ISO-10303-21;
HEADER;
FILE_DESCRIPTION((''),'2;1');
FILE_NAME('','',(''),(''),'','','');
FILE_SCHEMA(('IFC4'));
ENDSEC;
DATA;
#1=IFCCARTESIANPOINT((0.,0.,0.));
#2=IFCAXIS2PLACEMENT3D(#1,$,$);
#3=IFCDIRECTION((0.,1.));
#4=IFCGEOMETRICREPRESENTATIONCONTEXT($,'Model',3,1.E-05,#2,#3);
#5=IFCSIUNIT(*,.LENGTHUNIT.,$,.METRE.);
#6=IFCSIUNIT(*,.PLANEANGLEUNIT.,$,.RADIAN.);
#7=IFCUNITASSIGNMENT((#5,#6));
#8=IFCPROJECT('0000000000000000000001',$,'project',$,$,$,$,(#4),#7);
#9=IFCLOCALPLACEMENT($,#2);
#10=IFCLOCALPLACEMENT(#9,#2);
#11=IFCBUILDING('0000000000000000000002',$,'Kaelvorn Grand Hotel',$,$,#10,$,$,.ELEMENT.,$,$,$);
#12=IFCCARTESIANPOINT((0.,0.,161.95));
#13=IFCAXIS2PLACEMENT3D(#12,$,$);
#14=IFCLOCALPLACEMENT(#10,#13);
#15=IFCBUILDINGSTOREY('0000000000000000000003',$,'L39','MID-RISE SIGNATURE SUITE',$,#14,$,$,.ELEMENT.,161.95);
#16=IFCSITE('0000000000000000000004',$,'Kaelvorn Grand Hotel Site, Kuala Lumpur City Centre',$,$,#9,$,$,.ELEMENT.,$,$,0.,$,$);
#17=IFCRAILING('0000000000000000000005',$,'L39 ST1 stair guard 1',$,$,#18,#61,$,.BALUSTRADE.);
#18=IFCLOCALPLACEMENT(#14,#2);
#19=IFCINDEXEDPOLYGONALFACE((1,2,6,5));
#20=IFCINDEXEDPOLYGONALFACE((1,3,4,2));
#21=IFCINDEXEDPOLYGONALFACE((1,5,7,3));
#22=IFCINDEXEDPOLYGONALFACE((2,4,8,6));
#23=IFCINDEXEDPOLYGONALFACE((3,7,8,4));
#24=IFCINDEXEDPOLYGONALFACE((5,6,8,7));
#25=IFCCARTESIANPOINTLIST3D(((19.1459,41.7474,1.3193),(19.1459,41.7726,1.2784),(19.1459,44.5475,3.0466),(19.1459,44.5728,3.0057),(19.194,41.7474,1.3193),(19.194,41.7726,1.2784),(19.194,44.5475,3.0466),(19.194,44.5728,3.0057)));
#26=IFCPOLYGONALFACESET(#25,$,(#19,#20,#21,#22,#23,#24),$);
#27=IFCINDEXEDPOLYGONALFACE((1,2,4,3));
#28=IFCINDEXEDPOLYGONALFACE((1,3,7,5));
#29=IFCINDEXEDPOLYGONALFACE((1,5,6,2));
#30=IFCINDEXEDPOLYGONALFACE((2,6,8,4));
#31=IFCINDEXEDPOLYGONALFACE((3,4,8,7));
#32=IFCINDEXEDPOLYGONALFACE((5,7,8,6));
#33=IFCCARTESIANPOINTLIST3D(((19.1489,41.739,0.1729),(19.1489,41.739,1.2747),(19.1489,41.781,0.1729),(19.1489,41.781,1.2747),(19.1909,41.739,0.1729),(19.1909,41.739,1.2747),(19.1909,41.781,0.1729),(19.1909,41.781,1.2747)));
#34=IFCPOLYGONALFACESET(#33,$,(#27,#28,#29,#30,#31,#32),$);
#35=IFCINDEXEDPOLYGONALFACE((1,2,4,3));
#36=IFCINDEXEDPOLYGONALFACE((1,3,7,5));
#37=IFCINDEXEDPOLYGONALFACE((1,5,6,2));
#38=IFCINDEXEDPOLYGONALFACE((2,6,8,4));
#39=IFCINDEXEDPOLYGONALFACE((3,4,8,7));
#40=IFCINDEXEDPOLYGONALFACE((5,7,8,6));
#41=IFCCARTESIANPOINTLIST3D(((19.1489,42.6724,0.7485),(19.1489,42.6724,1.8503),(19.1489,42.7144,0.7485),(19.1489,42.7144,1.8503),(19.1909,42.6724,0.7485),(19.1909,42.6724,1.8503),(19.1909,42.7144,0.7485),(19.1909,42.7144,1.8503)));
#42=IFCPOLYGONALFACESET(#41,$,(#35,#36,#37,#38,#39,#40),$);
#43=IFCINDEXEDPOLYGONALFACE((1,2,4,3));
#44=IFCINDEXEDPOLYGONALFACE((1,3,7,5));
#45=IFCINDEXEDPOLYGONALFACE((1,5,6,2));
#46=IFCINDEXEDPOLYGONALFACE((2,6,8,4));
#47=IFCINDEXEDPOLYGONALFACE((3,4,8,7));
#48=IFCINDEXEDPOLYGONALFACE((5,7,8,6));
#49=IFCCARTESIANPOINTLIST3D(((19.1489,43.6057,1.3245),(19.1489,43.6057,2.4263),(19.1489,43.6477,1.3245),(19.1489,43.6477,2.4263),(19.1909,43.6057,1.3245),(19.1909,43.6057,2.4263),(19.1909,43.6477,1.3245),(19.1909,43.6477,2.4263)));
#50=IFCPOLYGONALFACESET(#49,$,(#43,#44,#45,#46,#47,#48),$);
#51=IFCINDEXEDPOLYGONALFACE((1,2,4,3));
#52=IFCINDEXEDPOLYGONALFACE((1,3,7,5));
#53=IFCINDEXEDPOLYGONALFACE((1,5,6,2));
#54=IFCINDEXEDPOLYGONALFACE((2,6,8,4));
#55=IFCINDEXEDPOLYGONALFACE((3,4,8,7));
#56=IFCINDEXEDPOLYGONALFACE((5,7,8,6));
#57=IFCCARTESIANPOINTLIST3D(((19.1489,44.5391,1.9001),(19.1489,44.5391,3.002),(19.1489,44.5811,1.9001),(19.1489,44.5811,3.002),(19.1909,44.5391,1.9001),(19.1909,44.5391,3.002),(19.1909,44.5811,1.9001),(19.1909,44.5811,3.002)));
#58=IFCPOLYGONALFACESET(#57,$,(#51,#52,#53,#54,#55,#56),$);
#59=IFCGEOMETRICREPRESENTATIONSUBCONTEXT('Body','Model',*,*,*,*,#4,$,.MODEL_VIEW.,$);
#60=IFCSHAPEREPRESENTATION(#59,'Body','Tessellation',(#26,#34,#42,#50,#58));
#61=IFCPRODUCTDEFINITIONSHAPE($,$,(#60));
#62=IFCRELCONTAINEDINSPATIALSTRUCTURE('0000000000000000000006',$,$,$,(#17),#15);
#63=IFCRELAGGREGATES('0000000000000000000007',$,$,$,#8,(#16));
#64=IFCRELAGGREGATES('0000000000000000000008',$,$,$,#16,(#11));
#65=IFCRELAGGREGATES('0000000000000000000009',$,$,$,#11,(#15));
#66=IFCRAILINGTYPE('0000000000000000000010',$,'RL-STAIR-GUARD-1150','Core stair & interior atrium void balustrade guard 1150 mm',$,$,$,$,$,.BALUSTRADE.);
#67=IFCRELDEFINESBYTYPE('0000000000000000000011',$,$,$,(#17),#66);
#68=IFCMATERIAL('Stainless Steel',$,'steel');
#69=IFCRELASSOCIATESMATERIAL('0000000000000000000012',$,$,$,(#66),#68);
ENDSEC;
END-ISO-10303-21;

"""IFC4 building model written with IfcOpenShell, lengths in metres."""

from ifc_helpers import new_model, si_unit, direction, frame, origin, origin_2d, place, context, subcontext, project, spatial, rectangle, extrude, material, type_object, element, save


model = new_model("IFC4")

# Units and contexts
model_context = context("Model", 3, precision=1e-05, world=origin(), true_north=direction((0.0, 1.0)))
body_context = subcontext(model_context, "Body", "Model", "MODEL_VIEW")
ifc_project = project(units=[si_unit("LENGTHUNIT", "METRE"), si_unit("PLANEANGLEUNIT", "RADIAN")], contexts=[model_context])

# Site, building, storey
site_placement = place(None, origin())
site = spatial("IfcSite", under=ifc_project, at=site_placement, Name="Kaelvorn Grand Hotel Site, Kuala Lumpur City Centre", CompositionType="ELEMENT", RefElevation=0.0)
building_placement = place(site_placement, origin())
building = spatial("IfcBuilding", under=site, at=building_placement, Name="Kaelvorn Grand Hotel", CompositionType="ELEMENT")
storey_placement = place(building_placement, frame((0.0, 0.0, 161.95)))
storey = spatial("IfcBuildingStorey", under=building, at=storey_placement, Name="L39", Description="MID-RISE SIGNATURE SUITE", CompositionType="ELEMENT", Elevation=161.95)

# Shared definitions
ifc_material_1 = material(Name="Stainless Steel", Category="steel")

# Railing
railing_type_1 = type_object("IfcRailingType", Name="RL-STAIR-GUARD-1150", Description="Core stair & interior atrium void balustrade guard 1150 mm", PredefinedType="BALUSTRADE", material=ifc_material_1)
railing_1_placement = place(storey_placement, frame((19.1699, 41.76, 0.1729)))
element("IfcRailing", 1, at=railing_1_placement, inside=storey, type_object=railing_type_1, Name="L39 ST1 stair guard 1", PredefinedType="BALUSTRADE", context=body_context, shape_type="SweptSolid", body=[
    extrude(rectangle(XDim=0.0481, YDim=0.0481, at=origin_2d()), frame((0.0, 0.0, 1.126), z_axis=(0.0, 0.85109, 0.52502), x_axis=(-1.0, 0.0, 0.0)), (0.0, 0.0, 1.0), 3.29),
    extrude(rectangle(XDim=0.042, YDim=0.042, at=origin_2d()), origin(), (0.0, 0.0, 1.0), 1.1018),
    extrude(rectangle(XDim=0.042, YDim=0.042, at=origin_2d()), frame((0.0, 0.9333, 0.5757)), (0.0, 0.0, 1.0), 1.1018),
    extrude(rectangle(XDim=0.042, YDim=0.042, at=origin_2d()), frame((0.0, 1.8667, 1.1516)), (0.0, 0.0, 1.0), 1.1018),
    extrude(rectangle(XDim=0.042, YDim=0.042, at=origin_2d()), frame((0.0, 2.8, 1.7273)), (0.0, 0.0, 1.0), 1.1018),
])

save(model, "model.ifc")
